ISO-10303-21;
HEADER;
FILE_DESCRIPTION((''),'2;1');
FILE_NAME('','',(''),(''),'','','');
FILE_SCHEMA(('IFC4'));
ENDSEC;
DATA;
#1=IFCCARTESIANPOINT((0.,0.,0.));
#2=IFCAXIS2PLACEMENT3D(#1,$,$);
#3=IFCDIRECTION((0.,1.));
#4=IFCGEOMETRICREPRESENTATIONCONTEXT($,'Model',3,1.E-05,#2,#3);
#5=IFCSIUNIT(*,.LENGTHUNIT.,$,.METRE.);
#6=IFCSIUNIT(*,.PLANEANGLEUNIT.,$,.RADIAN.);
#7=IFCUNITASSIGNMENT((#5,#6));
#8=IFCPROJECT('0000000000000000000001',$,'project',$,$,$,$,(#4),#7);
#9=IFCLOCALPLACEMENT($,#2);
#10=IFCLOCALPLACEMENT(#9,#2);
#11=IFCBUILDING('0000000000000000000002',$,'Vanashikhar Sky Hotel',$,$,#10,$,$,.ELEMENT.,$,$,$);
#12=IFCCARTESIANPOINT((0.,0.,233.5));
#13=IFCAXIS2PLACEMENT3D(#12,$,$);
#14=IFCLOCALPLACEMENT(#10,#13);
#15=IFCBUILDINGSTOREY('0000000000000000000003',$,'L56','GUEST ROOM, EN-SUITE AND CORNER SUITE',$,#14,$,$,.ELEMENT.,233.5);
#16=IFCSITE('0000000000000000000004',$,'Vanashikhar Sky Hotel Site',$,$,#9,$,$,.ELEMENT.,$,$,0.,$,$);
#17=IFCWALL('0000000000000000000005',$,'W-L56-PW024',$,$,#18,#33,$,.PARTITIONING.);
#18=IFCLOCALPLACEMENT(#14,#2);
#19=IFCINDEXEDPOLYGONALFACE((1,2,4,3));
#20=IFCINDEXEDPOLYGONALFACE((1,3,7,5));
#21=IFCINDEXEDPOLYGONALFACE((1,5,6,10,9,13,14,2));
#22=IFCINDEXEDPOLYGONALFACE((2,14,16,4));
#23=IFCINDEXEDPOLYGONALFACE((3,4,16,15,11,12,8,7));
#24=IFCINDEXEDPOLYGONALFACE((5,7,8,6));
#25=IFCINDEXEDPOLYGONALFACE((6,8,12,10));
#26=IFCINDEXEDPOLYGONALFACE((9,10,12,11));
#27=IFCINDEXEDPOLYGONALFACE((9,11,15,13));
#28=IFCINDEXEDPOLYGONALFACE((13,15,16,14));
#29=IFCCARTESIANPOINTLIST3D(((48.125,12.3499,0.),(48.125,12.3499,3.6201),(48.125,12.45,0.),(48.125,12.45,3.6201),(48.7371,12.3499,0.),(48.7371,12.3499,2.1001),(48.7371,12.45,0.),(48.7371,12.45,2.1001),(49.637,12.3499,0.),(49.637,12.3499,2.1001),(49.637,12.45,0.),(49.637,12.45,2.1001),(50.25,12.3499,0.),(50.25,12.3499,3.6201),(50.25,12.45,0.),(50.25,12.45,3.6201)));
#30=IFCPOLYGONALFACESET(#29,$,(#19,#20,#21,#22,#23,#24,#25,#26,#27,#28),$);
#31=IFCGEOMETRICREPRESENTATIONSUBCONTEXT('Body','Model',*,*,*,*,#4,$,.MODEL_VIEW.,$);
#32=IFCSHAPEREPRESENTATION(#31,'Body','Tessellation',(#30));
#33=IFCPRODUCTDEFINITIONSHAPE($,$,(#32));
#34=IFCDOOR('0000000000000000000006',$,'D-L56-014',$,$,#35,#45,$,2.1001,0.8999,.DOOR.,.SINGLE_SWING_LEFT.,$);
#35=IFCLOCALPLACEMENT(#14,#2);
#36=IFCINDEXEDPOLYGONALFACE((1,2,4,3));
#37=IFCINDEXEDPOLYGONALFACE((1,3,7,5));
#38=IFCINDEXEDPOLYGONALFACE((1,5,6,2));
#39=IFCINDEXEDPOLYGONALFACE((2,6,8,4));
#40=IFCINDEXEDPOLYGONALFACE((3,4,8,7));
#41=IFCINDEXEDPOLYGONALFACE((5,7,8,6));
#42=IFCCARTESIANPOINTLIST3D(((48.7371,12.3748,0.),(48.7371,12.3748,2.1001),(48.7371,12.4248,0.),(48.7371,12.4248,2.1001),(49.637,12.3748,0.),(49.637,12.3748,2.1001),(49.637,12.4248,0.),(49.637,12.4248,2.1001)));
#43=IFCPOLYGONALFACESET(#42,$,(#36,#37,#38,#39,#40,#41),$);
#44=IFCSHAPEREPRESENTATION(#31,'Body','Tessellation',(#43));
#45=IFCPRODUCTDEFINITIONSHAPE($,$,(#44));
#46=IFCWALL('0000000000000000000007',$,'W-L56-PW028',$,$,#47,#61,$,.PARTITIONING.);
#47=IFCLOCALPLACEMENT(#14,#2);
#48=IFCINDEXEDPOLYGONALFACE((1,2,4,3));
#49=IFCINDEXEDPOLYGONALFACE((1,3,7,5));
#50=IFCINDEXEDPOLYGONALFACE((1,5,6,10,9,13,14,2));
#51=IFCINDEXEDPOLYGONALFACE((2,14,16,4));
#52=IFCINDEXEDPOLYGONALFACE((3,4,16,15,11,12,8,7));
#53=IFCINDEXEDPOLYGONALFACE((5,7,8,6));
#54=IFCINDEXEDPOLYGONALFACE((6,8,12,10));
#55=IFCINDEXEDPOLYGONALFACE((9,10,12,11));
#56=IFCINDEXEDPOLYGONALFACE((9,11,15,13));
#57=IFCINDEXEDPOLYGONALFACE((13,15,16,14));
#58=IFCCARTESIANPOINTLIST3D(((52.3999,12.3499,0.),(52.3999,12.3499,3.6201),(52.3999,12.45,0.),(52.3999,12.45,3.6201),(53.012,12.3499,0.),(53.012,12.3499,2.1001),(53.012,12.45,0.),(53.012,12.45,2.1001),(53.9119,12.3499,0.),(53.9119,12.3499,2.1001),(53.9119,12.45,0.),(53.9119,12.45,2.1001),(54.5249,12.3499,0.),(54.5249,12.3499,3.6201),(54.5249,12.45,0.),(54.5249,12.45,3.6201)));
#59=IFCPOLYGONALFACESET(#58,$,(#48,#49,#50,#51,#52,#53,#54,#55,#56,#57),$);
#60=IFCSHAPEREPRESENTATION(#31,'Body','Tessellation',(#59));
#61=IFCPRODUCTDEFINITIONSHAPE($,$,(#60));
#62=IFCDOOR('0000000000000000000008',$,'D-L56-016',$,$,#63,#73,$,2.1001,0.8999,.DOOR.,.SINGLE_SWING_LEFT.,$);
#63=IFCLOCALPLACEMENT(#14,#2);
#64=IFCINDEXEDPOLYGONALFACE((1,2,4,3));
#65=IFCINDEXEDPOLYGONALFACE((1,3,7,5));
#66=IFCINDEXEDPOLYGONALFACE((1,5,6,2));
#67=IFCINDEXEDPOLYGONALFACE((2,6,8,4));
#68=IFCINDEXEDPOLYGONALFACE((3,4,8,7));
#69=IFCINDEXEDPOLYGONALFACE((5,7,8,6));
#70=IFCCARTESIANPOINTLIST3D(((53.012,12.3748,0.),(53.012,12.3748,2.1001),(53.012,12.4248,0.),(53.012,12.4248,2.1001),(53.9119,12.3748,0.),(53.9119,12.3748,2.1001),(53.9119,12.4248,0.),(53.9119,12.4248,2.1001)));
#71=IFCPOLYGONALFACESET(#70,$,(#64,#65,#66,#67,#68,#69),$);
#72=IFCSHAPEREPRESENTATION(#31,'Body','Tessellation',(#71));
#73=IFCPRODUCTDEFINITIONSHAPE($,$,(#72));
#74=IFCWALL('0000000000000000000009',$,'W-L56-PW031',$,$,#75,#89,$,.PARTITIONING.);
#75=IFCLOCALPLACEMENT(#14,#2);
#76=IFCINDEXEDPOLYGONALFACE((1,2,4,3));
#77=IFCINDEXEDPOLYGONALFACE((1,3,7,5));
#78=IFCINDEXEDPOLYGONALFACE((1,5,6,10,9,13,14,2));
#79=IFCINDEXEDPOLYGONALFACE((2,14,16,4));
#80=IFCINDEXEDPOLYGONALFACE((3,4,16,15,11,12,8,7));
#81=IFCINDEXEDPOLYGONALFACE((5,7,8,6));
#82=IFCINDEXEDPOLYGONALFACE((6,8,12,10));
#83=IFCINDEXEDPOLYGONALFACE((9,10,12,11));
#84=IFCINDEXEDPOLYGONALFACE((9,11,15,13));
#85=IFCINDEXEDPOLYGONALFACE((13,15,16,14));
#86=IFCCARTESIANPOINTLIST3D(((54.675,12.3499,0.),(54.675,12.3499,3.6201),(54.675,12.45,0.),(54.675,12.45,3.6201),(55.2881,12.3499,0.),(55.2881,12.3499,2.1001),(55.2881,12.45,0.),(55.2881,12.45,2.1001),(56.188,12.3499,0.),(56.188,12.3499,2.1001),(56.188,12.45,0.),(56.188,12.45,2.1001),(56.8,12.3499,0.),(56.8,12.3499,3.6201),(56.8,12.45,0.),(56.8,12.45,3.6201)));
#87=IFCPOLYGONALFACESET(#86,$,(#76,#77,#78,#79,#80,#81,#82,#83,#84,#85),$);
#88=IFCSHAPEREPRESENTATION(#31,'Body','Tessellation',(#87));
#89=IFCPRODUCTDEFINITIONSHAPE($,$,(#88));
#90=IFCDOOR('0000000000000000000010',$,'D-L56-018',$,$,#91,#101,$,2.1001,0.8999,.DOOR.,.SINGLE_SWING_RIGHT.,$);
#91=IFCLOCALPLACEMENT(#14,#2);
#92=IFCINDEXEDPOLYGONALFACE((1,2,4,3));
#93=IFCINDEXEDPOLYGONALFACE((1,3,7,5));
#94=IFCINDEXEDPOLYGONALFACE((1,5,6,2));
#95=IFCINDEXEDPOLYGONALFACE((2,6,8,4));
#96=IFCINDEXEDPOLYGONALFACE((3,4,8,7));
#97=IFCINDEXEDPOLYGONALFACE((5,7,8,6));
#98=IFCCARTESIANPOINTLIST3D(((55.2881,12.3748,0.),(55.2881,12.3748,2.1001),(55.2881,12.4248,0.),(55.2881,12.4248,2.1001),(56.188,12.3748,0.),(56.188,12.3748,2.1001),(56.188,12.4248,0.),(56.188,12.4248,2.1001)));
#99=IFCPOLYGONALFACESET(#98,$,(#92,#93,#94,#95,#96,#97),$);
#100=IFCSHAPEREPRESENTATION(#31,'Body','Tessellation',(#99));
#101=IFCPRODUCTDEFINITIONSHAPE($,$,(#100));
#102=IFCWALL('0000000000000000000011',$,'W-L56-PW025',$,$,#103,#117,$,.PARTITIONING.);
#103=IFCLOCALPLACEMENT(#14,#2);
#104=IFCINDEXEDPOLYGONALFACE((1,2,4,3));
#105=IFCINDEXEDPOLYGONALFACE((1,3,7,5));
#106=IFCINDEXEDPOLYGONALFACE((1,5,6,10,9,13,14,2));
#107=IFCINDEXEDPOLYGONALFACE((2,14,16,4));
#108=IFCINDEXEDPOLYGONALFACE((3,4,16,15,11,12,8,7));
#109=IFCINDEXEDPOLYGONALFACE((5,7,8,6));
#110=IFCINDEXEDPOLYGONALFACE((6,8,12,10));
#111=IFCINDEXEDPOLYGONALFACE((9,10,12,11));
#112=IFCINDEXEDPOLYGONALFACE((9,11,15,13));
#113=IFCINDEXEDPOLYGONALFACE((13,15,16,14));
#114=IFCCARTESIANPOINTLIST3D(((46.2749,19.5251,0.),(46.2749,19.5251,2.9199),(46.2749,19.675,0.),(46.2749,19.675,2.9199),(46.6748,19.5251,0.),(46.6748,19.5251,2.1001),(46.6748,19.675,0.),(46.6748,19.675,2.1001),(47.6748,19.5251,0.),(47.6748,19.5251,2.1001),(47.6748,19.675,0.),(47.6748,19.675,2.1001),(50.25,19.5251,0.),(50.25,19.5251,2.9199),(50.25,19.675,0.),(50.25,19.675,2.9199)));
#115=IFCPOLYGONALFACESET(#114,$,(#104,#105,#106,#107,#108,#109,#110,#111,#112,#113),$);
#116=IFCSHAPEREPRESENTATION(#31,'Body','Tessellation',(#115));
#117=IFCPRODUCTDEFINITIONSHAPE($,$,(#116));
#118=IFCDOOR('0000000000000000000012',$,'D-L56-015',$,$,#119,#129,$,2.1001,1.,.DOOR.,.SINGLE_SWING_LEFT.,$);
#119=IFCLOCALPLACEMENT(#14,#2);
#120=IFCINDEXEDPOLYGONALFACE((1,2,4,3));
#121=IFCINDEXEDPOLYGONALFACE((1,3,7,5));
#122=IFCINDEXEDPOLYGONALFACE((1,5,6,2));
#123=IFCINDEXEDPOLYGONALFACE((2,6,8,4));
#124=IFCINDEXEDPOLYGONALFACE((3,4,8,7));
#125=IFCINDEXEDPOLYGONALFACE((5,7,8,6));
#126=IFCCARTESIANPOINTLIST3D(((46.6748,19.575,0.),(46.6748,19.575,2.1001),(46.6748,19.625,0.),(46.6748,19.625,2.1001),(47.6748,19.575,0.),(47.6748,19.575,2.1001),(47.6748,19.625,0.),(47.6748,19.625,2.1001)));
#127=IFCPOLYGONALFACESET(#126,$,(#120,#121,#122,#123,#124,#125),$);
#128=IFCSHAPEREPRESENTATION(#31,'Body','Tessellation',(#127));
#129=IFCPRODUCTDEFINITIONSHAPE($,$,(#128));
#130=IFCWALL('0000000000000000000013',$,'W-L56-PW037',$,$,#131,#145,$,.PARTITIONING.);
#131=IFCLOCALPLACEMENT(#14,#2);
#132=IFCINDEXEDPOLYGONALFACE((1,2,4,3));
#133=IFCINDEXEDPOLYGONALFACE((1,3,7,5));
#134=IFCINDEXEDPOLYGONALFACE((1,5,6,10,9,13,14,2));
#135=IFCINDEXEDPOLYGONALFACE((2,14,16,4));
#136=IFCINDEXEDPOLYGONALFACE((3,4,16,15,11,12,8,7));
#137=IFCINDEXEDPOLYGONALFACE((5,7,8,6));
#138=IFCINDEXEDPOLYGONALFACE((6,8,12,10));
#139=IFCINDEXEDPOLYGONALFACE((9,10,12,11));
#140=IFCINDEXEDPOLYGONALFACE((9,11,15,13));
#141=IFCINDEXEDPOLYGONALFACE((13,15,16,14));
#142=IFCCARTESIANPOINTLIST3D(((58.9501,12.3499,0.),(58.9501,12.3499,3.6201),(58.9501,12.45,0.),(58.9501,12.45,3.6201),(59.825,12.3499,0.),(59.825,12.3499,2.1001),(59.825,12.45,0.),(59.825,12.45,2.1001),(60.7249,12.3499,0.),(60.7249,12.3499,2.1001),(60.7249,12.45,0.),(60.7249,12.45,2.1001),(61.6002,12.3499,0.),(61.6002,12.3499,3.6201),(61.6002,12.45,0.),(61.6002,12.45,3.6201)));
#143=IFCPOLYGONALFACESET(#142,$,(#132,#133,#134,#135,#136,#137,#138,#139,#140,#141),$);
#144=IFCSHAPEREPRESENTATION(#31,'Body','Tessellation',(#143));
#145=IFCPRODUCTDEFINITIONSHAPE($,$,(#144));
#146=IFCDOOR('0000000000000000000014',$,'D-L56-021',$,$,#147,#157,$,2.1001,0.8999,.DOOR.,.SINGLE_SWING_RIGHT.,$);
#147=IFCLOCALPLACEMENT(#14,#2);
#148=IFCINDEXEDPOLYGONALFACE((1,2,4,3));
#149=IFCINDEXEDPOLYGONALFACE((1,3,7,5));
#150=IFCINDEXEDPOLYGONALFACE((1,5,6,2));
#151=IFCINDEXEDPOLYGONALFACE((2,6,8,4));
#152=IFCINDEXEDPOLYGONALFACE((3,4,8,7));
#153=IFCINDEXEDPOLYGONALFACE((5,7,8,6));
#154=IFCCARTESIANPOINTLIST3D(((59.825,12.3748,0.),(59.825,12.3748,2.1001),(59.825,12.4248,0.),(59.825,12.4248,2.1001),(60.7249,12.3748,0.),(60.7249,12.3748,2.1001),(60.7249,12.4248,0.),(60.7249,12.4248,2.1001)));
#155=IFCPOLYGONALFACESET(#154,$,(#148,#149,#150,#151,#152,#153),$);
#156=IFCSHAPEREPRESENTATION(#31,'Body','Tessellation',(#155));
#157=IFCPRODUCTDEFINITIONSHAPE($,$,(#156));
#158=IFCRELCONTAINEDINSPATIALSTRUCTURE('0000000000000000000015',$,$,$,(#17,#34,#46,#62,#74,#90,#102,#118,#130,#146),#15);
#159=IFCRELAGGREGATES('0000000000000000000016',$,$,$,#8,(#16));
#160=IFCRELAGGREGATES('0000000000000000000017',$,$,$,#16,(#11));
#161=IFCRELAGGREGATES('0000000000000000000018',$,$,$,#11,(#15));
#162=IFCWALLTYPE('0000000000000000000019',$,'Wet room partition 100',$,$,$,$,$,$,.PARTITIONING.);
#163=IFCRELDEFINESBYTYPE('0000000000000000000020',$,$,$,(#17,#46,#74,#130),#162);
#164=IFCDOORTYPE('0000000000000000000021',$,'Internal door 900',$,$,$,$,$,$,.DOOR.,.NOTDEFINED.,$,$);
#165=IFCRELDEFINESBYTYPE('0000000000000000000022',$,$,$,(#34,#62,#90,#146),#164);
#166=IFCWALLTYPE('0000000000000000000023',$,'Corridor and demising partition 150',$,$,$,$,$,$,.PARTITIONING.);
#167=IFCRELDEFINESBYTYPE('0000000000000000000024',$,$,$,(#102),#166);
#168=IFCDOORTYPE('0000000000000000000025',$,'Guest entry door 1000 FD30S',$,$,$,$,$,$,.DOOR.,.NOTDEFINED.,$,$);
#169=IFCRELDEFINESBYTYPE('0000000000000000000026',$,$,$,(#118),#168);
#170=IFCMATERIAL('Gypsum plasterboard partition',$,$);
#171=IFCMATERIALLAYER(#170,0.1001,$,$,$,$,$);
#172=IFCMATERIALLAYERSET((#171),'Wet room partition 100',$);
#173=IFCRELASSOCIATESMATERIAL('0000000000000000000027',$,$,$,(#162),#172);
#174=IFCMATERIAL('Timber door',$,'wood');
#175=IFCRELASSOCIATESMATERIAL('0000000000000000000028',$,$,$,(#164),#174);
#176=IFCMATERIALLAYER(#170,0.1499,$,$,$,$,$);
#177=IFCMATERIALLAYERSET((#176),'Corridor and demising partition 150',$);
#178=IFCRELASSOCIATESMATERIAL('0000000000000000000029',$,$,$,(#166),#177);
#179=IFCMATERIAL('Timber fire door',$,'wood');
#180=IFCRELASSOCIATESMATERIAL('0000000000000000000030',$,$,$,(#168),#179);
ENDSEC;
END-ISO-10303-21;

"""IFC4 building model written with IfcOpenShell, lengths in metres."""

from ifc_helpers import new_model, si_unit, direction, frame, frame_2d, origin, place, context, subcontext, project, spatial, rectangle, extrude, source, transform, mapped, material, layer, layer_set, type_object, element, fill, save


model = new_model("IFC4")

# Units and contexts
model_context = context("Model", 3, precision=1e-05, world=origin(), true_north=direction((0.0, 1.0)))
body_context = subcontext(model_context, "Body", "Model", "MODEL_VIEW")
ifc_project = project(units=[si_unit("LENGTHUNIT", "METRE"), si_unit("PLANEANGLEUNIT", "RADIAN")], contexts=[model_context])

# Site, building, storey
site_placement = place(None, origin())
site = spatial("IfcSite", under=ifc_project, at=site_placement, Name="Vanashikhar Sky Hotel Site", CompositionType="ELEMENT", RefElevation=0.0)
building_placement = place(site_placement, origin())
building = spatial("IfcBuilding", under=site, at=building_placement, Name="Vanashikhar Sky Hotel", CompositionType="ELEMENT")
storey_placement = place(building_placement, frame((0.0, 0.0, 233.5)))
storey = spatial("IfcBuildingStorey", under=building, at=storey_placement, Name="L56", Description="GUEST ROOM, EN-SUITE AND CORNER SUITE", CompositionType="ELEMENT", Elevation=233.5)

# Shared definitions
ifc_material_1 = material(Name="Gypsum plasterboard partition")
ifc_layer_1 = layer(ifc_material_1, 0.1001)
ifc_layer_set_1 = layer_set([ifc_layer_1], Name="Wet room partition 100")
wall_type_1 = type_object("IfcWallType", Name="Wet room partition 100", PredefinedType="PARTITIONING", material=ifc_layer_set_1)

# Walls, openings, doors
shared_shape_1 = source(origin(), body_context, "Body", "SweptSolid", [
    extrude(rectangle(XDim=2.125, YDim=0.1001, at=frame_2d((1.0625, 0.0))), origin(), (0.0, 0.0, 1.0), 3.6201),
])
wall_1_placement = place(storey_placement, frame((48.125, 12.3999, 0.0), z_axis=(0.0, 0.0, 1.0), x_axis=(1.0, 0.0, 0.0)))
wall_1 = element("IfcWall", 1, at=wall_1_placement, inside=storey, type_object=wall_type_1, Name="W-L56-PW024", PredefinedType="PARTITIONING", context=body_context, shape_type="MappedRepresentation", body=[
    mapped(shared_shape_1, transform((0.0, 0.0, 0.0), scale=1.0)),
])
shared_shape_2 = source(origin(), body_context, "Body", "SweptSolid", [
    extrude(rectangle(XDim=0.8999, YDim=2.1001, at=frame_2d((0.45, 1.05))), frame((0.0, 0.0601, 0.0), z_axis=(0.0, -1.0, 0.0), x_axis=(1.0, 0.0, 0.0)), (0.0, 0.0, 1.0), 0.1201),
])
opening_1_placement = place(wall_1_placement, frame((0.6121, 0.0, 0.0)))
opening_1 = element("IfcOpeningElement", 2, at=opening_1_placement, cuts=wall_1, PredefinedType="OPENING", context=body_context, shape_type="MappedRepresentation", body=[
    mapped(shared_shape_2, transform((0.0, 0.0, 0.0), scale=1.0)),
])
ifc_material_2 = material(Name="Timber door", Category="wood")
door_type_1 = type_object("IfcDoorType", Name="Internal door 900", OperationType="NOTDEFINED", PredefinedType="DOOR", material=ifc_material_2)
shared_shape_3 = source(origin(), body_context, "Body", "SweptSolid", [
    extrude(rectangle(XDim=0.8999, YDim=2.1001, at=frame_2d((0.45, 1.05))), frame((0.0, 0.0249, 0.0), z_axis=(0.0, -1.0, 0.0), x_axis=(1.0, 0.0, 0.0)), (0.0, 0.0, 1.0), 0.05),
])
door_1_placement = place(opening_1_placement, origin())
door_1 = element("IfcDoor", 3, at=door_1_placement, inside=storey, type_object=door_type_1, Name="D-L56-014", OperationType="SINGLE_SWING_LEFT", OverallHeight=2.1001, OverallWidth=0.8999, PredefinedType="DOOR", context=body_context, shape_type="MappedRepresentation", body=[
    mapped(shared_shape_3, transform((0.0, 0.0, 0.0), scale=1.0)),
])
fill(opening_1, door_1)
wall_2_placement = place(storey_placement, frame((52.3999, 12.3999, 0.0), z_axis=(0.0, 0.0, 1.0), x_axis=(1.0, 0.0, 0.0)))
wall_2 = element("IfcWall", 4, at=wall_2_placement, inside=storey, type_object=wall_type_1, Name="W-L56-PW028", PredefinedType="PARTITIONING", context=body_context, shape_type="MappedRepresentation", body=[
    mapped(shared_shape_1, transform((0.0, 0.0, 0.0), scale=1.0)),
])
opening_2_placement = place(wall_2_placement, frame((0.6121, 0.0, 0.0)))
opening_2 = element("IfcOpeningElement", 5, at=opening_2_placement, cuts=wall_2, PredefinedType="OPENING", context=body_context, shape_type="MappedRepresentation", body=[
    mapped(shared_shape_2, transform((0.0, 0.0, 0.0), scale=1.0)),
])
door_2_placement = place(opening_2_placement, origin())
door_2 = element("IfcDoor", 6, at=door_2_placement, inside=storey, type_object=door_type_1, Name="D-L56-016", OperationType="SINGLE_SWING_LEFT", OverallHeight=2.1001, OverallWidth=0.8999, PredefinedType="DOOR", context=body_context, shape_type="MappedRepresentation", body=[
    mapped(shared_shape_3, transform((0.0, 0.0, 0.0), scale=1.0)),
])
fill(opening_2, door_2)
wall_3_placement = place(storey_placement, frame((54.675, 12.3999, 0.0), z_axis=(0.0, 0.0, 1.0), x_axis=(1.0, 0.0, 0.0)))
wall_3 = element("IfcWall", 7, at=wall_3_placement, inside=storey, type_object=wall_type_1, Name="W-L56-PW031", PredefinedType="PARTITIONING", context=body_context, shape_type="MappedRepresentation", body=[
    mapped(shared_shape_1, transform((0.0, 0.0, 0.0), scale=1.0)),
])
opening_3_placement = place(wall_3_placement, frame((0.613, 0.0, 0.0)))
opening_3 = element("IfcOpeningElement", 8, at=opening_3_placement, cuts=wall_3, PredefinedType="OPENING", context=body_context, shape_type="MappedRepresentation", body=[
    mapped(shared_shape_2, transform((0.0, 0.0, 0.0), scale=1.0)),
])
door_3_placement = place(opening_3_placement, origin())
door_3 = element("IfcDoor", 9, at=door_3_placement, inside=storey, type_object=door_type_1, Name="D-L56-018", OperationType="SINGLE_SWING_RIGHT", OverallHeight=2.1001, OverallWidth=0.8999, PredefinedType="DOOR", context=body_context, shape_type="MappedRepresentation", body=[
    mapped(shared_shape_3, transform((0.0, 0.0, 0.0), scale=1.0)),
])
fill(opening_3, door_3)
ifc_layer_2 = layer(ifc_material_1, 0.1499)
ifc_layer_set_2 = layer_set([ifc_layer_2], Name="Corridor and demising partition 150")
wall_type_2 = type_object("IfcWallType", Name="Corridor and demising partition 150", PredefinedType="PARTITIONING", material=ifc_layer_set_2)
shared_shape_4 = source(origin(), body_context, "Body", "SweptSolid", [
    extrude(rectangle(XDim=3.9751, YDim=0.1499, at=frame_2d((1.9875, 0.0))), origin(), (0.0, 0.0, 1.0), 2.9199),
])
wall_4_placement = place(storey_placement, frame((46.2749, 19.6001, 0.0), z_axis=(0.0, 0.0, 1.0), x_axis=(1.0, 0.0, 0.0)))
wall_4 = element("IfcWall", 10, at=wall_4_placement, inside=storey, type_object=wall_type_2, Name="W-L56-PW025", PredefinedType="PARTITIONING", context=body_context, shape_type="MappedRepresentation", body=[
    mapped(shared_shape_4, transform((0.0, 0.0, 0.0), scale=1.0)),
])
shared_shape_5 = source(origin(), body_context, "Body", "SweptSolid", [
    extrude(rectangle(XDim=1.0, YDim=2.1001, at=frame_2d((0.5, 1.05))), frame((0.0, 0.085, 0.0), z_axis=(0.0, -1.0, 0.0), x_axis=(1.0, 0.0, 0.0)), (0.0, 0.0, 1.0), 0.1699),
])
opening_4_placement = place(wall_4_placement, frame((0.3999, 0.0, 0.0)))
opening_4 = element("IfcOpeningElement", 11, at=opening_4_placement, cuts=wall_4, PredefinedType="OPENING", context=body_context, shape_type="MappedRepresentation", body=[
    mapped(shared_shape_5, transform((0.0, 0.0, 0.0), scale=1.0)),
])
ifc_material_3 = material(Name="Timber fire door", Category="wood")
door_type_2 = type_object("IfcDoorType", Name="Guest entry door 1000 FD30S", OperationType="NOTDEFINED", PredefinedType="DOOR", material=ifc_material_3)
shared_shape_6 = source(origin(), body_context, "Body", "SweptSolid", [
    extrude(rectangle(XDim=1.0, YDim=2.1001, at=frame_2d((0.5, 1.05))), frame((0.0, 0.0249, 0.0), z_axis=(0.0, -1.0, 0.0), x_axis=(1.0, 0.0, 0.0)), (0.0, 0.0, 1.0), 0.05),
])
door_4_placement = place(opening_4_placement, origin())
door_4 = element("IfcDoor", 12, at=door_4_placement, inside=storey, type_object=door_type_2, Name="D-L56-015", OperationType="SINGLE_SWING_LEFT", OverallHeight=2.1001, OverallWidth=1.0, PredefinedType="DOOR", context=body_context, shape_type="MappedRepresentation", body=[
    mapped(shared_shape_6, transform((0.0, 0.0, 0.0), scale=1.0)),
])
fill(opening_4, door_4)
shared_shape_7 = source(origin(), body_context, "Body", "SweptSolid", [
    extrude(rectangle(XDim=2.6501, YDim=0.1001, at=frame_2d((1.3252, 0.0))), origin(), (0.0, 0.0, 1.0), 3.6201),
])
wall_5_placement = place(storey_placement, frame((58.95, 12.3999, 0.0), z_axis=(0.0, 0.0, 1.0), x_axis=(1.0, 0.0, 0.0)))
wall_5 = element("IfcWall", 13, at=wall_5_placement, inside=storey, type_object=wall_type_1, Name="W-L56-PW037", PredefinedType="PARTITIONING", context=body_context, shape_type="MappedRepresentation", body=[
    mapped(shared_shape_7, transform((0.0, 0.0, 0.0), scale=1.0)),
])
opening_5_placement = place(wall_5_placement, frame((0.875, 0.0, 0.0)))
opening_5 = element("IfcOpeningElement", 14, at=opening_5_placement, cuts=wall_5, PredefinedType="OPENING", context=body_context, shape_type="MappedRepresentation", body=[
    mapped(shared_shape_2, transform((0.0, 0.0, 0.0), scale=1.0)),
])
door_5_placement = place(opening_5_placement, origin())
door_5 = element("IfcDoor", 15, at=door_5_placement, inside=storey, type_object=door_type_1, Name="D-L56-021", OperationType="SINGLE_SWING_RIGHT", OverallHeight=2.1001, OverallWidth=0.8999, PredefinedType="DOOR", context=body_context, shape_type="MappedRepresentation", body=[
    mapped(shared_shape_3, transform((0.0, 0.0, 0.0), scale=1.0)),
])
fill(opening_5, door_5)

save(model, "model.ifc")
